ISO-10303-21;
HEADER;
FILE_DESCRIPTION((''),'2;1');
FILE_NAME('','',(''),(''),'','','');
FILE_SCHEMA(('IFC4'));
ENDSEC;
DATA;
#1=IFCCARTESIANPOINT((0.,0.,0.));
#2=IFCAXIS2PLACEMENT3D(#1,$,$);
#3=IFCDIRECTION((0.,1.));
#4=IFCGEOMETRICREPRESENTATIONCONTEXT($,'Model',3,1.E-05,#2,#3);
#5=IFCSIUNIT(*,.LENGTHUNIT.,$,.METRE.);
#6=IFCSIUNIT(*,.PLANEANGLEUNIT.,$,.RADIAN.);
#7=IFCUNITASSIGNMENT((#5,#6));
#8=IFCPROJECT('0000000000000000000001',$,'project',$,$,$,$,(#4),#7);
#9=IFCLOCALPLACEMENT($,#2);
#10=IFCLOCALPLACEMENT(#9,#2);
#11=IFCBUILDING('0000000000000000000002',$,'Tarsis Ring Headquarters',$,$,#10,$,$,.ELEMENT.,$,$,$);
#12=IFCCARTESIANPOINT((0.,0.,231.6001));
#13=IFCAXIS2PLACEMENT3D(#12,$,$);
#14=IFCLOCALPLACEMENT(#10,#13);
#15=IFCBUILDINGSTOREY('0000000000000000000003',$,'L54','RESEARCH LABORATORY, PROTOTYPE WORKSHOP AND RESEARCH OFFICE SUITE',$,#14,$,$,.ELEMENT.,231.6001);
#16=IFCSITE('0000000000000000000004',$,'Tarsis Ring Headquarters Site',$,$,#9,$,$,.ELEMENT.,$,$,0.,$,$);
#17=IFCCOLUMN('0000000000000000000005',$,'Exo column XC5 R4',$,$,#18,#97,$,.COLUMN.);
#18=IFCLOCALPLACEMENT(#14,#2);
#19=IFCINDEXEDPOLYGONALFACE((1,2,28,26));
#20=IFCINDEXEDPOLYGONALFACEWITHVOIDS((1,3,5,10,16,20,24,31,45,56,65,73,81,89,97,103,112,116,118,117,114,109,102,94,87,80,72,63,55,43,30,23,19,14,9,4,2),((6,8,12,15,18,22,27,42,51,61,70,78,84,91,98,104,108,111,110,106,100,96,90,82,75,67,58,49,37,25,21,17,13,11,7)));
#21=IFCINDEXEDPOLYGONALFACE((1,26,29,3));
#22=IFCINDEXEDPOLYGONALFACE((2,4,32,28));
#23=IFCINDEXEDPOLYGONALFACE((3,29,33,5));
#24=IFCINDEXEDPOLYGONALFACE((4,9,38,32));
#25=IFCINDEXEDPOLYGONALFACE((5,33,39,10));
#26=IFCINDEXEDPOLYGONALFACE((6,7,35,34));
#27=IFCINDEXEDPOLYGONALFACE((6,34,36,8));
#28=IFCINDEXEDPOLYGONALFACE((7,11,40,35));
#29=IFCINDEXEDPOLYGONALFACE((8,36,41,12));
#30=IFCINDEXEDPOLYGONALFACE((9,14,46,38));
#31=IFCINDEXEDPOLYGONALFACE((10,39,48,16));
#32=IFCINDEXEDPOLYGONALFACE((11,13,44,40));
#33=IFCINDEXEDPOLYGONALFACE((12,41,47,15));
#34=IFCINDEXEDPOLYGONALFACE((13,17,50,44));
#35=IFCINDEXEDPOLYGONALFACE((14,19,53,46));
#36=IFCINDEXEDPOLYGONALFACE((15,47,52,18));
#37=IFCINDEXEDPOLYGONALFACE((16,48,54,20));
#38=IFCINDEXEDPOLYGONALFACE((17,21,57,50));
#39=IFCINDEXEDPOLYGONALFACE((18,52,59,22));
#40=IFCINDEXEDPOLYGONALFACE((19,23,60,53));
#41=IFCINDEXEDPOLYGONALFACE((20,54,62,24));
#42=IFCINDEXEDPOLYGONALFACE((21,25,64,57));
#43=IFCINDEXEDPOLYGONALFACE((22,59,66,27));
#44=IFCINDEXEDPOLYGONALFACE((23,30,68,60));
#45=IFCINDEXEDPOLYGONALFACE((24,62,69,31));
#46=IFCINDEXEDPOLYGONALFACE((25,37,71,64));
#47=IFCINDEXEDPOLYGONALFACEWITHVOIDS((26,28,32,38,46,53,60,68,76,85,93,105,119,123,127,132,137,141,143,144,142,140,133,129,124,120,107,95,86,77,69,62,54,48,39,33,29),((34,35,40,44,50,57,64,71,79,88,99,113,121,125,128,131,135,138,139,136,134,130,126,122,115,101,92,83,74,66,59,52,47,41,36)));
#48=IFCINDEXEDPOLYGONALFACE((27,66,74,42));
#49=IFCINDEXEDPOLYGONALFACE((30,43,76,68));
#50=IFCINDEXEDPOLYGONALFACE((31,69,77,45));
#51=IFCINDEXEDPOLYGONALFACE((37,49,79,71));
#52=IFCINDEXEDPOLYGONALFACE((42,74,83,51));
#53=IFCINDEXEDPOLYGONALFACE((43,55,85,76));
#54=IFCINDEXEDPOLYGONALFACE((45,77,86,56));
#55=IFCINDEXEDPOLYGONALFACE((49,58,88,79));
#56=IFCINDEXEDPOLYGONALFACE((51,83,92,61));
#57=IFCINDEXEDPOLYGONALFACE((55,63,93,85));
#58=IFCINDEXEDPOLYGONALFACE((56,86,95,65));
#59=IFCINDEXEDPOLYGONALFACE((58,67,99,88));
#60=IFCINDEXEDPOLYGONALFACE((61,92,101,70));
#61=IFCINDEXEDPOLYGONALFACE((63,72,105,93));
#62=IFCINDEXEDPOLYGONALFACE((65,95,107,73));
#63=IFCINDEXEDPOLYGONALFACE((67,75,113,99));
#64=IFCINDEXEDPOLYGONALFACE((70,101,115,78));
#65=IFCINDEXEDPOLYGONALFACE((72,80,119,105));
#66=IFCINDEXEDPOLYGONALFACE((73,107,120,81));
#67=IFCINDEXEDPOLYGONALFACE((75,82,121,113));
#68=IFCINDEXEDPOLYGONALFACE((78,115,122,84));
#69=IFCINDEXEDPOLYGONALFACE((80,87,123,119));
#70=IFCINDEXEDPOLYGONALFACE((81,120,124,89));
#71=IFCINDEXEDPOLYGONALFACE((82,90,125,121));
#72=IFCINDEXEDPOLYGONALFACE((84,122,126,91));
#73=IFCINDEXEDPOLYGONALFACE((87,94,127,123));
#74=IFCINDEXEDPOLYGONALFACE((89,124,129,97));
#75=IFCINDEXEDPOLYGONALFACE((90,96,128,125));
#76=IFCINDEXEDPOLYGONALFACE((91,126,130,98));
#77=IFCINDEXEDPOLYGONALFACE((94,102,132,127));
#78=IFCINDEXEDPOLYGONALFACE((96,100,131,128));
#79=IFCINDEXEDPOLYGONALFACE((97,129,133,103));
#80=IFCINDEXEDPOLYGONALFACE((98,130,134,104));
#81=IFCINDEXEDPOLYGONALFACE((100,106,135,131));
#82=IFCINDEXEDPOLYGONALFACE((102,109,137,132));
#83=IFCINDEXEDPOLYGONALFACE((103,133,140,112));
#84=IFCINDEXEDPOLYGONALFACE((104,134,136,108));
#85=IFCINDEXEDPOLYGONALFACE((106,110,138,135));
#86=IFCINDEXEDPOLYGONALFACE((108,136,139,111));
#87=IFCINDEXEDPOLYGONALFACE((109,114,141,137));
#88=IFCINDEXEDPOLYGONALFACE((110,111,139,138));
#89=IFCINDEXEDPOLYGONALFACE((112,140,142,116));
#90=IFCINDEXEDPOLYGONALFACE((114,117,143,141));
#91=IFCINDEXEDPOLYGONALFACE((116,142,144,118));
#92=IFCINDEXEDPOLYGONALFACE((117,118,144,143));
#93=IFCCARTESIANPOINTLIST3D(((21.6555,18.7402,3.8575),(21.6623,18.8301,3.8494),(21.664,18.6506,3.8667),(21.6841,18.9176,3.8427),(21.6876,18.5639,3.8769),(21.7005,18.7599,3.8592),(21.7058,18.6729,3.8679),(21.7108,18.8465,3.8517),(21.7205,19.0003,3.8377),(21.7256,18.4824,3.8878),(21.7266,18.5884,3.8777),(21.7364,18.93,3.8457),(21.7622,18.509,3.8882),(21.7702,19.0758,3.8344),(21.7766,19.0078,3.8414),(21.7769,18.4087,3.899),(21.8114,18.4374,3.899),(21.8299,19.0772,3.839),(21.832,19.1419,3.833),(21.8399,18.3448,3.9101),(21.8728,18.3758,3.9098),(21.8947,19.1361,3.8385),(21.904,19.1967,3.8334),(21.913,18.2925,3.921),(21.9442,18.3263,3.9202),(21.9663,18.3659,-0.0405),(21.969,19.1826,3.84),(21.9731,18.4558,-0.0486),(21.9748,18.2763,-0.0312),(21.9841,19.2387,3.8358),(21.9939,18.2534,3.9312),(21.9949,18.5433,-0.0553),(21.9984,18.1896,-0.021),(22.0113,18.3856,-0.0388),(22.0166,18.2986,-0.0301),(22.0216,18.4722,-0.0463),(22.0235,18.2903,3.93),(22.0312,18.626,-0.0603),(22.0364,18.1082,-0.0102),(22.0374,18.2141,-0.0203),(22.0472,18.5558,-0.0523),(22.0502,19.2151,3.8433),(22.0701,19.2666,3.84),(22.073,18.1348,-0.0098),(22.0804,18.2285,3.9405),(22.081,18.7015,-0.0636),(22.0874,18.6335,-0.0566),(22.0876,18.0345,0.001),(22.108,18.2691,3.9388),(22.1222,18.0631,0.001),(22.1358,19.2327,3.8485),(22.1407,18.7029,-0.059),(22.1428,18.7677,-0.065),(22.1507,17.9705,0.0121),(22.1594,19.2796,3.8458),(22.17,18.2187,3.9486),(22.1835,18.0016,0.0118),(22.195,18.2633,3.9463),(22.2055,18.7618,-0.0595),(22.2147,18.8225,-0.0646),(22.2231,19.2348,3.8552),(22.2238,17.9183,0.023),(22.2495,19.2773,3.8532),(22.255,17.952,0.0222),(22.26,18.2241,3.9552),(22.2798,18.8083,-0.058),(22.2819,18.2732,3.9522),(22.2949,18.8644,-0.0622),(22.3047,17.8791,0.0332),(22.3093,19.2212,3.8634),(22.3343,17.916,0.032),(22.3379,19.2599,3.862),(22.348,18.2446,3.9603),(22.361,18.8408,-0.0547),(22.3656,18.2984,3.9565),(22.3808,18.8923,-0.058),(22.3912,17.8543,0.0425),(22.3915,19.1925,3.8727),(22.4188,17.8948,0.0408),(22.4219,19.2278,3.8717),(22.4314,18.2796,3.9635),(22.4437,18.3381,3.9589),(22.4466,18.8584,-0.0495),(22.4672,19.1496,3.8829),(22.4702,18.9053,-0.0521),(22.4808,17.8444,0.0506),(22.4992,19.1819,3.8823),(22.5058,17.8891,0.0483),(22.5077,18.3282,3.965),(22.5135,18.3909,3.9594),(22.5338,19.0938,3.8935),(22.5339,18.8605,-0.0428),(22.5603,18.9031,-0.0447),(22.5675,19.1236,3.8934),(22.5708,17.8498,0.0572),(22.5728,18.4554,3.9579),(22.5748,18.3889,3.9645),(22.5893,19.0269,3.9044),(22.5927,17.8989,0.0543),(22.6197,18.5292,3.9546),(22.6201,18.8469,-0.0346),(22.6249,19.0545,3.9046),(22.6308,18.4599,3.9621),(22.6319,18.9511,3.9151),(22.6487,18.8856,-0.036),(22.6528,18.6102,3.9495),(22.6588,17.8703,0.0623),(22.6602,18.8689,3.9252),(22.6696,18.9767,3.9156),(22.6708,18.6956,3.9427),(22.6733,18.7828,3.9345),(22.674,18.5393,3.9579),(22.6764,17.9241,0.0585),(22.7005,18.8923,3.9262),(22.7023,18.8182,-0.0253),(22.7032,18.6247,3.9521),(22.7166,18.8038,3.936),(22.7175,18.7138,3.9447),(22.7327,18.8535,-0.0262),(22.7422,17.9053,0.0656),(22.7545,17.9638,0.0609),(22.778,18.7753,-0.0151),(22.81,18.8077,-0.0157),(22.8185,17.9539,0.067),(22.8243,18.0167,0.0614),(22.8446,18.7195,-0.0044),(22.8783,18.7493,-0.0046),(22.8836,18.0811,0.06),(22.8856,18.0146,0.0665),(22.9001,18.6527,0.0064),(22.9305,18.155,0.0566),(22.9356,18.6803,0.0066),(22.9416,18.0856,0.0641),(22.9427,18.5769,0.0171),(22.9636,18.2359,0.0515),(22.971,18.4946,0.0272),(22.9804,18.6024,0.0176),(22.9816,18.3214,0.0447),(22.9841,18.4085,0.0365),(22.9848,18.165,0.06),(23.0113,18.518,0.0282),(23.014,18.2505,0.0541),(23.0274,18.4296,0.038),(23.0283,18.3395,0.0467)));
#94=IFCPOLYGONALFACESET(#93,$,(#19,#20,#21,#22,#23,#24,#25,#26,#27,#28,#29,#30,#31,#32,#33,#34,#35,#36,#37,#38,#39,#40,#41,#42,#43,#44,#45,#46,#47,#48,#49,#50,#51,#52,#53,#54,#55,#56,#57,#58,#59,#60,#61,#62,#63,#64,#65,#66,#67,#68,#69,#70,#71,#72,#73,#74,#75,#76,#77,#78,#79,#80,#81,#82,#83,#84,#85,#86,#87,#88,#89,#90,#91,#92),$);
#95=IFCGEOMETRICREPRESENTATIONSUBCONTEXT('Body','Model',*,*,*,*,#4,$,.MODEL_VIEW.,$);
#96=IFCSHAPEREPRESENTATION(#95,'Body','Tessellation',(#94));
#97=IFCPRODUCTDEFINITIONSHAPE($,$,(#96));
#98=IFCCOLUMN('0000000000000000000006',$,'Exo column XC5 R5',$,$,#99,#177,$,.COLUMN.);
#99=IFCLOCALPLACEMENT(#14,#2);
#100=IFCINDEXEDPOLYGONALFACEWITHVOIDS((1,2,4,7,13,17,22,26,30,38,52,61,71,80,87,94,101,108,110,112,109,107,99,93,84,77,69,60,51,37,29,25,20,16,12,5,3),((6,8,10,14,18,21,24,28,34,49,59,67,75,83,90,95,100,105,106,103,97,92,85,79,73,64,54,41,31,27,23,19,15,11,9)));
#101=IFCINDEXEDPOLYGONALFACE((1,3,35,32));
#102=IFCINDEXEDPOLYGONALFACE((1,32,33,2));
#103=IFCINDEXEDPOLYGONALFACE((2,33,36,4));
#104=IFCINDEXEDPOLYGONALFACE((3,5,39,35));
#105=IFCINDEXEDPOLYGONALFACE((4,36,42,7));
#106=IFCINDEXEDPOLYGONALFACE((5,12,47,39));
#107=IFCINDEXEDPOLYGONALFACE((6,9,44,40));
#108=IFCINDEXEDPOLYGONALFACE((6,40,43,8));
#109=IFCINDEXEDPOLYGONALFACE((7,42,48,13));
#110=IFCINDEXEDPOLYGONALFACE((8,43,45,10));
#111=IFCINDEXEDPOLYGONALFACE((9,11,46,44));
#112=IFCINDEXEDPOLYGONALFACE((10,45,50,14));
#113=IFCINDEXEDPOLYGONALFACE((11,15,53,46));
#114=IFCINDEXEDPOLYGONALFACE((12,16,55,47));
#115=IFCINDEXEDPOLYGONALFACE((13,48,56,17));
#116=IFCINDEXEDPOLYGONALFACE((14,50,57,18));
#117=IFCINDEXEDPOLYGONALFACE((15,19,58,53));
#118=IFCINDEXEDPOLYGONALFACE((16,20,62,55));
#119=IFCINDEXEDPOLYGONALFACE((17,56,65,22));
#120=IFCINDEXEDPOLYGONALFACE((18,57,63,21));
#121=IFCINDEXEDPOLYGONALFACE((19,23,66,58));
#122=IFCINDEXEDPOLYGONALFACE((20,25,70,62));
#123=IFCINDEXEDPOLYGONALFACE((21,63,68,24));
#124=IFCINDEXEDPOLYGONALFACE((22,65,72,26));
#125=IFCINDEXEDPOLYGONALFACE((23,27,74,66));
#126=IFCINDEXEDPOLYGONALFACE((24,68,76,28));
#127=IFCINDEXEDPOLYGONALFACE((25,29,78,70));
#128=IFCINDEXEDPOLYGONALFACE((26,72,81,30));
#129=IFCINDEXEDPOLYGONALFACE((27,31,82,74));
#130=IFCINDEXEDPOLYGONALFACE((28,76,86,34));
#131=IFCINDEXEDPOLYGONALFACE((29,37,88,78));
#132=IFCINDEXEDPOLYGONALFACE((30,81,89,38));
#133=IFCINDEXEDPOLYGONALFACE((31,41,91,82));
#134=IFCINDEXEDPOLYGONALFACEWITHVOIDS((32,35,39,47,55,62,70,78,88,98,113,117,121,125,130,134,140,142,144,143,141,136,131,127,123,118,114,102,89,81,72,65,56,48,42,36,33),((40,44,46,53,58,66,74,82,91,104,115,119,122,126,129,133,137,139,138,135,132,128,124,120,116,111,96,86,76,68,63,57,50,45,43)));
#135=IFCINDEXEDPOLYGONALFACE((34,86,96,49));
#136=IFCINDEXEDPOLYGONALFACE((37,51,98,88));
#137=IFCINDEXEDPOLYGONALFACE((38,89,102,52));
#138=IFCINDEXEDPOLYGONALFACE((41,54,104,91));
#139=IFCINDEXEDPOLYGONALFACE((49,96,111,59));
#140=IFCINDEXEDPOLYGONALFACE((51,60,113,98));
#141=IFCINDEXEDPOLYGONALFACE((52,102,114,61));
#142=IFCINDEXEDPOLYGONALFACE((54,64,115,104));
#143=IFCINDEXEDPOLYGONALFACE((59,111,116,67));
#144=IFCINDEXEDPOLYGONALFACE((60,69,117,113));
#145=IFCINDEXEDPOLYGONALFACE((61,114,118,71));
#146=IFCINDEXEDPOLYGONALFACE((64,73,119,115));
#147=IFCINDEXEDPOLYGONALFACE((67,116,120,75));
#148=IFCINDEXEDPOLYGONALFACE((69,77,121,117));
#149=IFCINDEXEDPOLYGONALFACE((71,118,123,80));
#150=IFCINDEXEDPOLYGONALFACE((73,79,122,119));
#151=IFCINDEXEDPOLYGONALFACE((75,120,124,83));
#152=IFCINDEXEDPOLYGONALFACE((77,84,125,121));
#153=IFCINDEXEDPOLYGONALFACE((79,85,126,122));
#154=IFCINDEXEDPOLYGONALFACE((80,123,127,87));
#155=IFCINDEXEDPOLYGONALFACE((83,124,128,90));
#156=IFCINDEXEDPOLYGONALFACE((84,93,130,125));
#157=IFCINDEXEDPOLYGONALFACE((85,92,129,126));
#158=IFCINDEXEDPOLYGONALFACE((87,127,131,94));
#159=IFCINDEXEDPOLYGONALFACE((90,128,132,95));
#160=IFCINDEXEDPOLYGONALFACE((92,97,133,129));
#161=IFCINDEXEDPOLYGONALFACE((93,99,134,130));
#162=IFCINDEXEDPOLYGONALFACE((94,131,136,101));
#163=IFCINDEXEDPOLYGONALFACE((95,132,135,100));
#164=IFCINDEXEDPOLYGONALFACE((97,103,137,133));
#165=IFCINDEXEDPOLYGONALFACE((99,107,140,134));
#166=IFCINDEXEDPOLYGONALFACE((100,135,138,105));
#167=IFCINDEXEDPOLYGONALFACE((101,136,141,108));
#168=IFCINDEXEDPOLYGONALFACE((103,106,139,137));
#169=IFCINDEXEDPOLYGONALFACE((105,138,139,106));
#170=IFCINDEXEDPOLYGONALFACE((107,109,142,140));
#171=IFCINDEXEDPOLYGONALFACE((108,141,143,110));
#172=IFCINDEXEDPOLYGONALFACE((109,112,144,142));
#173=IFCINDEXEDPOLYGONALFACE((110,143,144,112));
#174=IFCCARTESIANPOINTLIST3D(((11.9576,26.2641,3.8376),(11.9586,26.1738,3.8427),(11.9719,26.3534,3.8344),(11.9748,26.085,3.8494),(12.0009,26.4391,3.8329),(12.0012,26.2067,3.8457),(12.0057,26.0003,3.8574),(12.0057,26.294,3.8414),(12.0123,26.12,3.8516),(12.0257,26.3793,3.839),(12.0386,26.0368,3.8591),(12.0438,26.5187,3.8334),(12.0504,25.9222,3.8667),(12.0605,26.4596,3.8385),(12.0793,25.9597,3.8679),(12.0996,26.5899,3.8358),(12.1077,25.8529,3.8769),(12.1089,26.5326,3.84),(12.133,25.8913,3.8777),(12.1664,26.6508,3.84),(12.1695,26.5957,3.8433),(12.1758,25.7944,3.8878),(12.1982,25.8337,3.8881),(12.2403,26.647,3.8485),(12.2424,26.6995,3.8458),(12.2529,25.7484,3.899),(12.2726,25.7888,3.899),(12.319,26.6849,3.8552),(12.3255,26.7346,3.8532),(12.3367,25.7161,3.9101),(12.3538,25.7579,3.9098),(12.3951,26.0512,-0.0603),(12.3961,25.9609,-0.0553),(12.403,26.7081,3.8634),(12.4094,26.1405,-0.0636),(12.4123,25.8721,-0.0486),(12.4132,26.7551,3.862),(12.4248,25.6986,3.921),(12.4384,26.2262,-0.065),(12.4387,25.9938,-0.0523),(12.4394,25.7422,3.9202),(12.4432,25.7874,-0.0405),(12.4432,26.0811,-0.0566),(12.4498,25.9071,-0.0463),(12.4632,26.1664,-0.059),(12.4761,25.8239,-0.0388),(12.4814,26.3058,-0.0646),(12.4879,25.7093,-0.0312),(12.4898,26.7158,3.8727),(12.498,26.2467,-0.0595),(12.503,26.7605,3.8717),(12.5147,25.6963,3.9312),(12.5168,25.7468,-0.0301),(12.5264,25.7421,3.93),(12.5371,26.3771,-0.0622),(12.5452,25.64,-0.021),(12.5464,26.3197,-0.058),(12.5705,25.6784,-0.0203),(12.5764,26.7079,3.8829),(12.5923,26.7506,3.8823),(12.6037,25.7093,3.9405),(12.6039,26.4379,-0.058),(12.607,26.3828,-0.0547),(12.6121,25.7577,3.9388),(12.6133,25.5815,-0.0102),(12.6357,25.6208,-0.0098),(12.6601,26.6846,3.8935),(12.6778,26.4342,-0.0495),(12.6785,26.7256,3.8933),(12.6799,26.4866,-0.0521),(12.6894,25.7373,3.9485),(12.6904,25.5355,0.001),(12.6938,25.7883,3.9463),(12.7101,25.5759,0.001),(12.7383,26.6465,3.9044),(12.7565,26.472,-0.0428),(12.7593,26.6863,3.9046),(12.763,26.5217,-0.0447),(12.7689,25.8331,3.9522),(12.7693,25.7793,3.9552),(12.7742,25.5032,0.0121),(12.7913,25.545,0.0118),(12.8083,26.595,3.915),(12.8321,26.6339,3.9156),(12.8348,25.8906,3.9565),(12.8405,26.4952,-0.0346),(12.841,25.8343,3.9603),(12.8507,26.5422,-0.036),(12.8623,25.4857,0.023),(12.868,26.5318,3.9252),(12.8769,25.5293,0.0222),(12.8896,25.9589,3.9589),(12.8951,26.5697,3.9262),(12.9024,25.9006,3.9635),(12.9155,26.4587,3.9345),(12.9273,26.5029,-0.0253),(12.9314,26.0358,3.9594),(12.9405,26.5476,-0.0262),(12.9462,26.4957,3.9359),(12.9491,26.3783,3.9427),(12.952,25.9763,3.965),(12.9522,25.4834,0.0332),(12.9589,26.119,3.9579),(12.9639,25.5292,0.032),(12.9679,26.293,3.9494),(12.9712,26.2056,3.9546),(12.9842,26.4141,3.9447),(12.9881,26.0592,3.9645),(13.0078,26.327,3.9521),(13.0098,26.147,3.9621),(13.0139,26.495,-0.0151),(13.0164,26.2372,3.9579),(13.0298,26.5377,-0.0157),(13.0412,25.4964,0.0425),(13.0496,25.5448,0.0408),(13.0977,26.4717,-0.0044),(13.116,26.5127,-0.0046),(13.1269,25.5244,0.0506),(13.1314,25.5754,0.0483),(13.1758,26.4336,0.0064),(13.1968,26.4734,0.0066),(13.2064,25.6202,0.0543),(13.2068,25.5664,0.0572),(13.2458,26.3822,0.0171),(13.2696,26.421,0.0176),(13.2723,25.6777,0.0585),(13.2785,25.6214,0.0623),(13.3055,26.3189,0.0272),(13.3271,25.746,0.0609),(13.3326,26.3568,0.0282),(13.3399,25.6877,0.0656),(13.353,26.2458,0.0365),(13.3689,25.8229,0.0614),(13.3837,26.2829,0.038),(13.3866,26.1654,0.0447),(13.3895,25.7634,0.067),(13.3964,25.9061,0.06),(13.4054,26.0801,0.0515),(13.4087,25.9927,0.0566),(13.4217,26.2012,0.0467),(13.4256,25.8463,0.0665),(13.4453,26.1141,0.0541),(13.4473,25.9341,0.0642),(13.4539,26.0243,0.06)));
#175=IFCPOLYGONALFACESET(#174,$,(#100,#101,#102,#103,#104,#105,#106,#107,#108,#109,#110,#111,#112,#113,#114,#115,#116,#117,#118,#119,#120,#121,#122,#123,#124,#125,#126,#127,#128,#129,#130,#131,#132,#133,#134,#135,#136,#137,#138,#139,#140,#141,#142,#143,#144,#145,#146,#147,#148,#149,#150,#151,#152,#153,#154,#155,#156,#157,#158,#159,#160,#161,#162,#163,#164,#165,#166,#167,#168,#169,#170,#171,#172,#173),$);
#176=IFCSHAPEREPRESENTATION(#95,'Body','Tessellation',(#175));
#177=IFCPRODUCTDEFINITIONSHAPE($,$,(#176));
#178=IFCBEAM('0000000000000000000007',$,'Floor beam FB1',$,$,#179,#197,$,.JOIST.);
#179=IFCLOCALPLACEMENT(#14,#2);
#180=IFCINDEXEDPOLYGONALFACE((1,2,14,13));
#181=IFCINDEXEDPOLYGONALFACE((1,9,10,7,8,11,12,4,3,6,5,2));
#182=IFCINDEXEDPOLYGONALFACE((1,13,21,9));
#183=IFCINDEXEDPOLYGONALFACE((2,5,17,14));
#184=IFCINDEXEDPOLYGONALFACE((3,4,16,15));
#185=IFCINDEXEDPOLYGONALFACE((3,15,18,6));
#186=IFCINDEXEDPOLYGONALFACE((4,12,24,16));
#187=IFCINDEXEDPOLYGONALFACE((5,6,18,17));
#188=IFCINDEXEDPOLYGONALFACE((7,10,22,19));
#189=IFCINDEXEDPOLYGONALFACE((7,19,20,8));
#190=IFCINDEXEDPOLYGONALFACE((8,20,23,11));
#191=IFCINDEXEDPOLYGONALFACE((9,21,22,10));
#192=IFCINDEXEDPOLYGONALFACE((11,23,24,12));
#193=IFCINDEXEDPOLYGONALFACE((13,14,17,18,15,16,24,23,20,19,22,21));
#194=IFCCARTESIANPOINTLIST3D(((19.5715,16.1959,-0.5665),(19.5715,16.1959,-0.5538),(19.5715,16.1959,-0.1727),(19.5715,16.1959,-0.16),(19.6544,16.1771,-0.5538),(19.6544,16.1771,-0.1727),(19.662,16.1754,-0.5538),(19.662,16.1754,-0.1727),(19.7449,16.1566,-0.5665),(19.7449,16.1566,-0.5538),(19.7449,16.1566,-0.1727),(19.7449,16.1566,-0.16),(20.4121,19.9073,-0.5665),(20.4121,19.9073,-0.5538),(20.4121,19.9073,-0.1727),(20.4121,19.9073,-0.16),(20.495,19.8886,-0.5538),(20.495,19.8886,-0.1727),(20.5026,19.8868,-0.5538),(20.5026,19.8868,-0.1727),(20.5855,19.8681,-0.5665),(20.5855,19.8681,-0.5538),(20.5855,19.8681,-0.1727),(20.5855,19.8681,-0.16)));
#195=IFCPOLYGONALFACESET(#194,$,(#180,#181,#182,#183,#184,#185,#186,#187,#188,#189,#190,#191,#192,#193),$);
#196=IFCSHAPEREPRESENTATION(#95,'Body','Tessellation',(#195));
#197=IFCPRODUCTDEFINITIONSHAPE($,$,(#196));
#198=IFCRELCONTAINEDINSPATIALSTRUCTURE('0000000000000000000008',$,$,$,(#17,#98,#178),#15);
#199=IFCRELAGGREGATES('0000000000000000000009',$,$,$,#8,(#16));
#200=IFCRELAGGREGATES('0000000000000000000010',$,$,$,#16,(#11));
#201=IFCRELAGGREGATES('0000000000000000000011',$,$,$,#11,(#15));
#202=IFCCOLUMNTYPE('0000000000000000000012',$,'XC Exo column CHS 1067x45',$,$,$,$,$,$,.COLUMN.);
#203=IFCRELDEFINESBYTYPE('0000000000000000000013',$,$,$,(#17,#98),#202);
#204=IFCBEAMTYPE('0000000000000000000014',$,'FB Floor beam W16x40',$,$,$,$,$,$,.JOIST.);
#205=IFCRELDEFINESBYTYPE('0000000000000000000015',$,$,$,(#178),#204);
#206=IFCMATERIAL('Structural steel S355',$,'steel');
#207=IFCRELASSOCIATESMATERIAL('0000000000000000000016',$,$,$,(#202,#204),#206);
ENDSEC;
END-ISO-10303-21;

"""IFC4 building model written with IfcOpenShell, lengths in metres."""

from ifc_helpers import new_model, si_unit, direction, frame, origin, origin_2d, place, context, subcontext, project, spatial, hollow_circle, i_section, extrude, material, material_profile, profile_set, type_object, element, save


model = new_model("IFC4")

# Units and contexts
model_context = context("Model", 3, precision=1e-05, world=origin(), true_north=direction((0.0, 1.0)))
body_context = subcontext(model_context, "Body", "Model", "MODEL_VIEW")
ifc_project = project(units=[si_unit("LENGTHUNIT", "METRE"), si_unit("PLANEANGLEUNIT", "RADIAN")], contexts=[model_context])

# Site, building, storey
site_placement = place(None, origin())
site = spatial("IfcSite", under=ifc_project, at=site_placement, Name="Tarsis Ring Headquarters Site", CompositionType="ELEMENT", RefElevation=0.0)
building_placement = place(site_placement, origin())
building = spatial("IfcBuilding", under=site, at=building_placement, Name="Tarsis Ring Headquarters", CompositionType="ELEMENT")
storey_placement = place(building_placement, frame((0.0, 0.0, 231.6001)))
storey = spatial("IfcBuildingStorey", under=building, at=storey_placement, Name="L54", Description="RESEARCH LABORATORY, PROTOTYPE WORKSHOP AND RESEARCH OFFICE SUITE", CompositionType="ELEMENT", Elevation=231.6001)

# Columns
ifc_material_1 = material(Name="Structural steel S355", Category="steel")
ifc_material_profile_1 = material_profile(ifc_material_1, hollow_circle(Radius=0.5334, WallThickness=0.0449, at=origin_2d()), Name="CHS 1067x45")
ifc_profile_set_1 = profile_set([ifc_material_profile_1], Name="Structural steel S355")
column_type = type_object("IfcColumnType", Name="XC Exo column CHS 1067x45", PredefinedType="COLUMN", material=ifc_profile_set_1)
for number, where, z_axis, x_axis, name in (
    (1, (22.498, 18.3752, 0.001), (-0.079118, 0.095277, 0.992302), (-0.769331, -0.638851, 0.0), "Exo column XC5 R4"),
    (2, (12.9238, 26.0151, 0.001), (-0.111374, 0.054195, 0.9923), (-0.437553, -0.899192, 0.0), "Exo column XC5 R5"),
):
    element("IfcColumn", number, at=place(storey_placement, frame(where, z_axis=z_axis, x_axis=x_axis)), inside=storey, type_object=column_type, Name=name, PredefinedType="COLUMN", context=body_context, shape_type="SweptSolid", body=[
        extrude(hollow_circle(Radius=0.5334, WallThickness=0.0449, at=origin_2d()), origin(), (0.0, 0.0, 1.0), 3.9282),
    ])

# Beam
ifc_material_profile_2 = material_profile(ifc_material_1, i_section(OverallWidth=0.1777, OverallDepth=0.4065, WebThickness=0.0078, FlangeThickness=0.0127, at=origin_2d()), Name="W16x40")
ifc_profile_set_2 = profile_set([ifc_material_profile_2], Name="Structural steel S355")
beam_type_1 = type_object("IfcBeamType", Name="FB Floor beam W16x40", PredefinedType="JOIST", material=ifc_profile_set_2)
beam_1_placement = place(storey_placement, frame((20.4988, 19.8877, -0.3633), z_axis=(-0.220889, -0.975299, 0.0), x_axis=(0.975299, -0.220889, 0.0)))
element("IfcBeam", 3, at=beam_1_placement, inside=storey, type_object=beam_type_1, Name="Floor beam FB1", PredefinedType="JOIST", context=body_context, shape_type="SweptSolid", body=[
    extrude(i_section(OverallWidth=0.1777, OverallDepth=0.4065, WebThickness=0.0078, FlangeThickness=0.0127, at=origin_2d()), origin(), (0.0, 0.0, 1.0), 3.8054),
])

save(model, "model.ifc")
